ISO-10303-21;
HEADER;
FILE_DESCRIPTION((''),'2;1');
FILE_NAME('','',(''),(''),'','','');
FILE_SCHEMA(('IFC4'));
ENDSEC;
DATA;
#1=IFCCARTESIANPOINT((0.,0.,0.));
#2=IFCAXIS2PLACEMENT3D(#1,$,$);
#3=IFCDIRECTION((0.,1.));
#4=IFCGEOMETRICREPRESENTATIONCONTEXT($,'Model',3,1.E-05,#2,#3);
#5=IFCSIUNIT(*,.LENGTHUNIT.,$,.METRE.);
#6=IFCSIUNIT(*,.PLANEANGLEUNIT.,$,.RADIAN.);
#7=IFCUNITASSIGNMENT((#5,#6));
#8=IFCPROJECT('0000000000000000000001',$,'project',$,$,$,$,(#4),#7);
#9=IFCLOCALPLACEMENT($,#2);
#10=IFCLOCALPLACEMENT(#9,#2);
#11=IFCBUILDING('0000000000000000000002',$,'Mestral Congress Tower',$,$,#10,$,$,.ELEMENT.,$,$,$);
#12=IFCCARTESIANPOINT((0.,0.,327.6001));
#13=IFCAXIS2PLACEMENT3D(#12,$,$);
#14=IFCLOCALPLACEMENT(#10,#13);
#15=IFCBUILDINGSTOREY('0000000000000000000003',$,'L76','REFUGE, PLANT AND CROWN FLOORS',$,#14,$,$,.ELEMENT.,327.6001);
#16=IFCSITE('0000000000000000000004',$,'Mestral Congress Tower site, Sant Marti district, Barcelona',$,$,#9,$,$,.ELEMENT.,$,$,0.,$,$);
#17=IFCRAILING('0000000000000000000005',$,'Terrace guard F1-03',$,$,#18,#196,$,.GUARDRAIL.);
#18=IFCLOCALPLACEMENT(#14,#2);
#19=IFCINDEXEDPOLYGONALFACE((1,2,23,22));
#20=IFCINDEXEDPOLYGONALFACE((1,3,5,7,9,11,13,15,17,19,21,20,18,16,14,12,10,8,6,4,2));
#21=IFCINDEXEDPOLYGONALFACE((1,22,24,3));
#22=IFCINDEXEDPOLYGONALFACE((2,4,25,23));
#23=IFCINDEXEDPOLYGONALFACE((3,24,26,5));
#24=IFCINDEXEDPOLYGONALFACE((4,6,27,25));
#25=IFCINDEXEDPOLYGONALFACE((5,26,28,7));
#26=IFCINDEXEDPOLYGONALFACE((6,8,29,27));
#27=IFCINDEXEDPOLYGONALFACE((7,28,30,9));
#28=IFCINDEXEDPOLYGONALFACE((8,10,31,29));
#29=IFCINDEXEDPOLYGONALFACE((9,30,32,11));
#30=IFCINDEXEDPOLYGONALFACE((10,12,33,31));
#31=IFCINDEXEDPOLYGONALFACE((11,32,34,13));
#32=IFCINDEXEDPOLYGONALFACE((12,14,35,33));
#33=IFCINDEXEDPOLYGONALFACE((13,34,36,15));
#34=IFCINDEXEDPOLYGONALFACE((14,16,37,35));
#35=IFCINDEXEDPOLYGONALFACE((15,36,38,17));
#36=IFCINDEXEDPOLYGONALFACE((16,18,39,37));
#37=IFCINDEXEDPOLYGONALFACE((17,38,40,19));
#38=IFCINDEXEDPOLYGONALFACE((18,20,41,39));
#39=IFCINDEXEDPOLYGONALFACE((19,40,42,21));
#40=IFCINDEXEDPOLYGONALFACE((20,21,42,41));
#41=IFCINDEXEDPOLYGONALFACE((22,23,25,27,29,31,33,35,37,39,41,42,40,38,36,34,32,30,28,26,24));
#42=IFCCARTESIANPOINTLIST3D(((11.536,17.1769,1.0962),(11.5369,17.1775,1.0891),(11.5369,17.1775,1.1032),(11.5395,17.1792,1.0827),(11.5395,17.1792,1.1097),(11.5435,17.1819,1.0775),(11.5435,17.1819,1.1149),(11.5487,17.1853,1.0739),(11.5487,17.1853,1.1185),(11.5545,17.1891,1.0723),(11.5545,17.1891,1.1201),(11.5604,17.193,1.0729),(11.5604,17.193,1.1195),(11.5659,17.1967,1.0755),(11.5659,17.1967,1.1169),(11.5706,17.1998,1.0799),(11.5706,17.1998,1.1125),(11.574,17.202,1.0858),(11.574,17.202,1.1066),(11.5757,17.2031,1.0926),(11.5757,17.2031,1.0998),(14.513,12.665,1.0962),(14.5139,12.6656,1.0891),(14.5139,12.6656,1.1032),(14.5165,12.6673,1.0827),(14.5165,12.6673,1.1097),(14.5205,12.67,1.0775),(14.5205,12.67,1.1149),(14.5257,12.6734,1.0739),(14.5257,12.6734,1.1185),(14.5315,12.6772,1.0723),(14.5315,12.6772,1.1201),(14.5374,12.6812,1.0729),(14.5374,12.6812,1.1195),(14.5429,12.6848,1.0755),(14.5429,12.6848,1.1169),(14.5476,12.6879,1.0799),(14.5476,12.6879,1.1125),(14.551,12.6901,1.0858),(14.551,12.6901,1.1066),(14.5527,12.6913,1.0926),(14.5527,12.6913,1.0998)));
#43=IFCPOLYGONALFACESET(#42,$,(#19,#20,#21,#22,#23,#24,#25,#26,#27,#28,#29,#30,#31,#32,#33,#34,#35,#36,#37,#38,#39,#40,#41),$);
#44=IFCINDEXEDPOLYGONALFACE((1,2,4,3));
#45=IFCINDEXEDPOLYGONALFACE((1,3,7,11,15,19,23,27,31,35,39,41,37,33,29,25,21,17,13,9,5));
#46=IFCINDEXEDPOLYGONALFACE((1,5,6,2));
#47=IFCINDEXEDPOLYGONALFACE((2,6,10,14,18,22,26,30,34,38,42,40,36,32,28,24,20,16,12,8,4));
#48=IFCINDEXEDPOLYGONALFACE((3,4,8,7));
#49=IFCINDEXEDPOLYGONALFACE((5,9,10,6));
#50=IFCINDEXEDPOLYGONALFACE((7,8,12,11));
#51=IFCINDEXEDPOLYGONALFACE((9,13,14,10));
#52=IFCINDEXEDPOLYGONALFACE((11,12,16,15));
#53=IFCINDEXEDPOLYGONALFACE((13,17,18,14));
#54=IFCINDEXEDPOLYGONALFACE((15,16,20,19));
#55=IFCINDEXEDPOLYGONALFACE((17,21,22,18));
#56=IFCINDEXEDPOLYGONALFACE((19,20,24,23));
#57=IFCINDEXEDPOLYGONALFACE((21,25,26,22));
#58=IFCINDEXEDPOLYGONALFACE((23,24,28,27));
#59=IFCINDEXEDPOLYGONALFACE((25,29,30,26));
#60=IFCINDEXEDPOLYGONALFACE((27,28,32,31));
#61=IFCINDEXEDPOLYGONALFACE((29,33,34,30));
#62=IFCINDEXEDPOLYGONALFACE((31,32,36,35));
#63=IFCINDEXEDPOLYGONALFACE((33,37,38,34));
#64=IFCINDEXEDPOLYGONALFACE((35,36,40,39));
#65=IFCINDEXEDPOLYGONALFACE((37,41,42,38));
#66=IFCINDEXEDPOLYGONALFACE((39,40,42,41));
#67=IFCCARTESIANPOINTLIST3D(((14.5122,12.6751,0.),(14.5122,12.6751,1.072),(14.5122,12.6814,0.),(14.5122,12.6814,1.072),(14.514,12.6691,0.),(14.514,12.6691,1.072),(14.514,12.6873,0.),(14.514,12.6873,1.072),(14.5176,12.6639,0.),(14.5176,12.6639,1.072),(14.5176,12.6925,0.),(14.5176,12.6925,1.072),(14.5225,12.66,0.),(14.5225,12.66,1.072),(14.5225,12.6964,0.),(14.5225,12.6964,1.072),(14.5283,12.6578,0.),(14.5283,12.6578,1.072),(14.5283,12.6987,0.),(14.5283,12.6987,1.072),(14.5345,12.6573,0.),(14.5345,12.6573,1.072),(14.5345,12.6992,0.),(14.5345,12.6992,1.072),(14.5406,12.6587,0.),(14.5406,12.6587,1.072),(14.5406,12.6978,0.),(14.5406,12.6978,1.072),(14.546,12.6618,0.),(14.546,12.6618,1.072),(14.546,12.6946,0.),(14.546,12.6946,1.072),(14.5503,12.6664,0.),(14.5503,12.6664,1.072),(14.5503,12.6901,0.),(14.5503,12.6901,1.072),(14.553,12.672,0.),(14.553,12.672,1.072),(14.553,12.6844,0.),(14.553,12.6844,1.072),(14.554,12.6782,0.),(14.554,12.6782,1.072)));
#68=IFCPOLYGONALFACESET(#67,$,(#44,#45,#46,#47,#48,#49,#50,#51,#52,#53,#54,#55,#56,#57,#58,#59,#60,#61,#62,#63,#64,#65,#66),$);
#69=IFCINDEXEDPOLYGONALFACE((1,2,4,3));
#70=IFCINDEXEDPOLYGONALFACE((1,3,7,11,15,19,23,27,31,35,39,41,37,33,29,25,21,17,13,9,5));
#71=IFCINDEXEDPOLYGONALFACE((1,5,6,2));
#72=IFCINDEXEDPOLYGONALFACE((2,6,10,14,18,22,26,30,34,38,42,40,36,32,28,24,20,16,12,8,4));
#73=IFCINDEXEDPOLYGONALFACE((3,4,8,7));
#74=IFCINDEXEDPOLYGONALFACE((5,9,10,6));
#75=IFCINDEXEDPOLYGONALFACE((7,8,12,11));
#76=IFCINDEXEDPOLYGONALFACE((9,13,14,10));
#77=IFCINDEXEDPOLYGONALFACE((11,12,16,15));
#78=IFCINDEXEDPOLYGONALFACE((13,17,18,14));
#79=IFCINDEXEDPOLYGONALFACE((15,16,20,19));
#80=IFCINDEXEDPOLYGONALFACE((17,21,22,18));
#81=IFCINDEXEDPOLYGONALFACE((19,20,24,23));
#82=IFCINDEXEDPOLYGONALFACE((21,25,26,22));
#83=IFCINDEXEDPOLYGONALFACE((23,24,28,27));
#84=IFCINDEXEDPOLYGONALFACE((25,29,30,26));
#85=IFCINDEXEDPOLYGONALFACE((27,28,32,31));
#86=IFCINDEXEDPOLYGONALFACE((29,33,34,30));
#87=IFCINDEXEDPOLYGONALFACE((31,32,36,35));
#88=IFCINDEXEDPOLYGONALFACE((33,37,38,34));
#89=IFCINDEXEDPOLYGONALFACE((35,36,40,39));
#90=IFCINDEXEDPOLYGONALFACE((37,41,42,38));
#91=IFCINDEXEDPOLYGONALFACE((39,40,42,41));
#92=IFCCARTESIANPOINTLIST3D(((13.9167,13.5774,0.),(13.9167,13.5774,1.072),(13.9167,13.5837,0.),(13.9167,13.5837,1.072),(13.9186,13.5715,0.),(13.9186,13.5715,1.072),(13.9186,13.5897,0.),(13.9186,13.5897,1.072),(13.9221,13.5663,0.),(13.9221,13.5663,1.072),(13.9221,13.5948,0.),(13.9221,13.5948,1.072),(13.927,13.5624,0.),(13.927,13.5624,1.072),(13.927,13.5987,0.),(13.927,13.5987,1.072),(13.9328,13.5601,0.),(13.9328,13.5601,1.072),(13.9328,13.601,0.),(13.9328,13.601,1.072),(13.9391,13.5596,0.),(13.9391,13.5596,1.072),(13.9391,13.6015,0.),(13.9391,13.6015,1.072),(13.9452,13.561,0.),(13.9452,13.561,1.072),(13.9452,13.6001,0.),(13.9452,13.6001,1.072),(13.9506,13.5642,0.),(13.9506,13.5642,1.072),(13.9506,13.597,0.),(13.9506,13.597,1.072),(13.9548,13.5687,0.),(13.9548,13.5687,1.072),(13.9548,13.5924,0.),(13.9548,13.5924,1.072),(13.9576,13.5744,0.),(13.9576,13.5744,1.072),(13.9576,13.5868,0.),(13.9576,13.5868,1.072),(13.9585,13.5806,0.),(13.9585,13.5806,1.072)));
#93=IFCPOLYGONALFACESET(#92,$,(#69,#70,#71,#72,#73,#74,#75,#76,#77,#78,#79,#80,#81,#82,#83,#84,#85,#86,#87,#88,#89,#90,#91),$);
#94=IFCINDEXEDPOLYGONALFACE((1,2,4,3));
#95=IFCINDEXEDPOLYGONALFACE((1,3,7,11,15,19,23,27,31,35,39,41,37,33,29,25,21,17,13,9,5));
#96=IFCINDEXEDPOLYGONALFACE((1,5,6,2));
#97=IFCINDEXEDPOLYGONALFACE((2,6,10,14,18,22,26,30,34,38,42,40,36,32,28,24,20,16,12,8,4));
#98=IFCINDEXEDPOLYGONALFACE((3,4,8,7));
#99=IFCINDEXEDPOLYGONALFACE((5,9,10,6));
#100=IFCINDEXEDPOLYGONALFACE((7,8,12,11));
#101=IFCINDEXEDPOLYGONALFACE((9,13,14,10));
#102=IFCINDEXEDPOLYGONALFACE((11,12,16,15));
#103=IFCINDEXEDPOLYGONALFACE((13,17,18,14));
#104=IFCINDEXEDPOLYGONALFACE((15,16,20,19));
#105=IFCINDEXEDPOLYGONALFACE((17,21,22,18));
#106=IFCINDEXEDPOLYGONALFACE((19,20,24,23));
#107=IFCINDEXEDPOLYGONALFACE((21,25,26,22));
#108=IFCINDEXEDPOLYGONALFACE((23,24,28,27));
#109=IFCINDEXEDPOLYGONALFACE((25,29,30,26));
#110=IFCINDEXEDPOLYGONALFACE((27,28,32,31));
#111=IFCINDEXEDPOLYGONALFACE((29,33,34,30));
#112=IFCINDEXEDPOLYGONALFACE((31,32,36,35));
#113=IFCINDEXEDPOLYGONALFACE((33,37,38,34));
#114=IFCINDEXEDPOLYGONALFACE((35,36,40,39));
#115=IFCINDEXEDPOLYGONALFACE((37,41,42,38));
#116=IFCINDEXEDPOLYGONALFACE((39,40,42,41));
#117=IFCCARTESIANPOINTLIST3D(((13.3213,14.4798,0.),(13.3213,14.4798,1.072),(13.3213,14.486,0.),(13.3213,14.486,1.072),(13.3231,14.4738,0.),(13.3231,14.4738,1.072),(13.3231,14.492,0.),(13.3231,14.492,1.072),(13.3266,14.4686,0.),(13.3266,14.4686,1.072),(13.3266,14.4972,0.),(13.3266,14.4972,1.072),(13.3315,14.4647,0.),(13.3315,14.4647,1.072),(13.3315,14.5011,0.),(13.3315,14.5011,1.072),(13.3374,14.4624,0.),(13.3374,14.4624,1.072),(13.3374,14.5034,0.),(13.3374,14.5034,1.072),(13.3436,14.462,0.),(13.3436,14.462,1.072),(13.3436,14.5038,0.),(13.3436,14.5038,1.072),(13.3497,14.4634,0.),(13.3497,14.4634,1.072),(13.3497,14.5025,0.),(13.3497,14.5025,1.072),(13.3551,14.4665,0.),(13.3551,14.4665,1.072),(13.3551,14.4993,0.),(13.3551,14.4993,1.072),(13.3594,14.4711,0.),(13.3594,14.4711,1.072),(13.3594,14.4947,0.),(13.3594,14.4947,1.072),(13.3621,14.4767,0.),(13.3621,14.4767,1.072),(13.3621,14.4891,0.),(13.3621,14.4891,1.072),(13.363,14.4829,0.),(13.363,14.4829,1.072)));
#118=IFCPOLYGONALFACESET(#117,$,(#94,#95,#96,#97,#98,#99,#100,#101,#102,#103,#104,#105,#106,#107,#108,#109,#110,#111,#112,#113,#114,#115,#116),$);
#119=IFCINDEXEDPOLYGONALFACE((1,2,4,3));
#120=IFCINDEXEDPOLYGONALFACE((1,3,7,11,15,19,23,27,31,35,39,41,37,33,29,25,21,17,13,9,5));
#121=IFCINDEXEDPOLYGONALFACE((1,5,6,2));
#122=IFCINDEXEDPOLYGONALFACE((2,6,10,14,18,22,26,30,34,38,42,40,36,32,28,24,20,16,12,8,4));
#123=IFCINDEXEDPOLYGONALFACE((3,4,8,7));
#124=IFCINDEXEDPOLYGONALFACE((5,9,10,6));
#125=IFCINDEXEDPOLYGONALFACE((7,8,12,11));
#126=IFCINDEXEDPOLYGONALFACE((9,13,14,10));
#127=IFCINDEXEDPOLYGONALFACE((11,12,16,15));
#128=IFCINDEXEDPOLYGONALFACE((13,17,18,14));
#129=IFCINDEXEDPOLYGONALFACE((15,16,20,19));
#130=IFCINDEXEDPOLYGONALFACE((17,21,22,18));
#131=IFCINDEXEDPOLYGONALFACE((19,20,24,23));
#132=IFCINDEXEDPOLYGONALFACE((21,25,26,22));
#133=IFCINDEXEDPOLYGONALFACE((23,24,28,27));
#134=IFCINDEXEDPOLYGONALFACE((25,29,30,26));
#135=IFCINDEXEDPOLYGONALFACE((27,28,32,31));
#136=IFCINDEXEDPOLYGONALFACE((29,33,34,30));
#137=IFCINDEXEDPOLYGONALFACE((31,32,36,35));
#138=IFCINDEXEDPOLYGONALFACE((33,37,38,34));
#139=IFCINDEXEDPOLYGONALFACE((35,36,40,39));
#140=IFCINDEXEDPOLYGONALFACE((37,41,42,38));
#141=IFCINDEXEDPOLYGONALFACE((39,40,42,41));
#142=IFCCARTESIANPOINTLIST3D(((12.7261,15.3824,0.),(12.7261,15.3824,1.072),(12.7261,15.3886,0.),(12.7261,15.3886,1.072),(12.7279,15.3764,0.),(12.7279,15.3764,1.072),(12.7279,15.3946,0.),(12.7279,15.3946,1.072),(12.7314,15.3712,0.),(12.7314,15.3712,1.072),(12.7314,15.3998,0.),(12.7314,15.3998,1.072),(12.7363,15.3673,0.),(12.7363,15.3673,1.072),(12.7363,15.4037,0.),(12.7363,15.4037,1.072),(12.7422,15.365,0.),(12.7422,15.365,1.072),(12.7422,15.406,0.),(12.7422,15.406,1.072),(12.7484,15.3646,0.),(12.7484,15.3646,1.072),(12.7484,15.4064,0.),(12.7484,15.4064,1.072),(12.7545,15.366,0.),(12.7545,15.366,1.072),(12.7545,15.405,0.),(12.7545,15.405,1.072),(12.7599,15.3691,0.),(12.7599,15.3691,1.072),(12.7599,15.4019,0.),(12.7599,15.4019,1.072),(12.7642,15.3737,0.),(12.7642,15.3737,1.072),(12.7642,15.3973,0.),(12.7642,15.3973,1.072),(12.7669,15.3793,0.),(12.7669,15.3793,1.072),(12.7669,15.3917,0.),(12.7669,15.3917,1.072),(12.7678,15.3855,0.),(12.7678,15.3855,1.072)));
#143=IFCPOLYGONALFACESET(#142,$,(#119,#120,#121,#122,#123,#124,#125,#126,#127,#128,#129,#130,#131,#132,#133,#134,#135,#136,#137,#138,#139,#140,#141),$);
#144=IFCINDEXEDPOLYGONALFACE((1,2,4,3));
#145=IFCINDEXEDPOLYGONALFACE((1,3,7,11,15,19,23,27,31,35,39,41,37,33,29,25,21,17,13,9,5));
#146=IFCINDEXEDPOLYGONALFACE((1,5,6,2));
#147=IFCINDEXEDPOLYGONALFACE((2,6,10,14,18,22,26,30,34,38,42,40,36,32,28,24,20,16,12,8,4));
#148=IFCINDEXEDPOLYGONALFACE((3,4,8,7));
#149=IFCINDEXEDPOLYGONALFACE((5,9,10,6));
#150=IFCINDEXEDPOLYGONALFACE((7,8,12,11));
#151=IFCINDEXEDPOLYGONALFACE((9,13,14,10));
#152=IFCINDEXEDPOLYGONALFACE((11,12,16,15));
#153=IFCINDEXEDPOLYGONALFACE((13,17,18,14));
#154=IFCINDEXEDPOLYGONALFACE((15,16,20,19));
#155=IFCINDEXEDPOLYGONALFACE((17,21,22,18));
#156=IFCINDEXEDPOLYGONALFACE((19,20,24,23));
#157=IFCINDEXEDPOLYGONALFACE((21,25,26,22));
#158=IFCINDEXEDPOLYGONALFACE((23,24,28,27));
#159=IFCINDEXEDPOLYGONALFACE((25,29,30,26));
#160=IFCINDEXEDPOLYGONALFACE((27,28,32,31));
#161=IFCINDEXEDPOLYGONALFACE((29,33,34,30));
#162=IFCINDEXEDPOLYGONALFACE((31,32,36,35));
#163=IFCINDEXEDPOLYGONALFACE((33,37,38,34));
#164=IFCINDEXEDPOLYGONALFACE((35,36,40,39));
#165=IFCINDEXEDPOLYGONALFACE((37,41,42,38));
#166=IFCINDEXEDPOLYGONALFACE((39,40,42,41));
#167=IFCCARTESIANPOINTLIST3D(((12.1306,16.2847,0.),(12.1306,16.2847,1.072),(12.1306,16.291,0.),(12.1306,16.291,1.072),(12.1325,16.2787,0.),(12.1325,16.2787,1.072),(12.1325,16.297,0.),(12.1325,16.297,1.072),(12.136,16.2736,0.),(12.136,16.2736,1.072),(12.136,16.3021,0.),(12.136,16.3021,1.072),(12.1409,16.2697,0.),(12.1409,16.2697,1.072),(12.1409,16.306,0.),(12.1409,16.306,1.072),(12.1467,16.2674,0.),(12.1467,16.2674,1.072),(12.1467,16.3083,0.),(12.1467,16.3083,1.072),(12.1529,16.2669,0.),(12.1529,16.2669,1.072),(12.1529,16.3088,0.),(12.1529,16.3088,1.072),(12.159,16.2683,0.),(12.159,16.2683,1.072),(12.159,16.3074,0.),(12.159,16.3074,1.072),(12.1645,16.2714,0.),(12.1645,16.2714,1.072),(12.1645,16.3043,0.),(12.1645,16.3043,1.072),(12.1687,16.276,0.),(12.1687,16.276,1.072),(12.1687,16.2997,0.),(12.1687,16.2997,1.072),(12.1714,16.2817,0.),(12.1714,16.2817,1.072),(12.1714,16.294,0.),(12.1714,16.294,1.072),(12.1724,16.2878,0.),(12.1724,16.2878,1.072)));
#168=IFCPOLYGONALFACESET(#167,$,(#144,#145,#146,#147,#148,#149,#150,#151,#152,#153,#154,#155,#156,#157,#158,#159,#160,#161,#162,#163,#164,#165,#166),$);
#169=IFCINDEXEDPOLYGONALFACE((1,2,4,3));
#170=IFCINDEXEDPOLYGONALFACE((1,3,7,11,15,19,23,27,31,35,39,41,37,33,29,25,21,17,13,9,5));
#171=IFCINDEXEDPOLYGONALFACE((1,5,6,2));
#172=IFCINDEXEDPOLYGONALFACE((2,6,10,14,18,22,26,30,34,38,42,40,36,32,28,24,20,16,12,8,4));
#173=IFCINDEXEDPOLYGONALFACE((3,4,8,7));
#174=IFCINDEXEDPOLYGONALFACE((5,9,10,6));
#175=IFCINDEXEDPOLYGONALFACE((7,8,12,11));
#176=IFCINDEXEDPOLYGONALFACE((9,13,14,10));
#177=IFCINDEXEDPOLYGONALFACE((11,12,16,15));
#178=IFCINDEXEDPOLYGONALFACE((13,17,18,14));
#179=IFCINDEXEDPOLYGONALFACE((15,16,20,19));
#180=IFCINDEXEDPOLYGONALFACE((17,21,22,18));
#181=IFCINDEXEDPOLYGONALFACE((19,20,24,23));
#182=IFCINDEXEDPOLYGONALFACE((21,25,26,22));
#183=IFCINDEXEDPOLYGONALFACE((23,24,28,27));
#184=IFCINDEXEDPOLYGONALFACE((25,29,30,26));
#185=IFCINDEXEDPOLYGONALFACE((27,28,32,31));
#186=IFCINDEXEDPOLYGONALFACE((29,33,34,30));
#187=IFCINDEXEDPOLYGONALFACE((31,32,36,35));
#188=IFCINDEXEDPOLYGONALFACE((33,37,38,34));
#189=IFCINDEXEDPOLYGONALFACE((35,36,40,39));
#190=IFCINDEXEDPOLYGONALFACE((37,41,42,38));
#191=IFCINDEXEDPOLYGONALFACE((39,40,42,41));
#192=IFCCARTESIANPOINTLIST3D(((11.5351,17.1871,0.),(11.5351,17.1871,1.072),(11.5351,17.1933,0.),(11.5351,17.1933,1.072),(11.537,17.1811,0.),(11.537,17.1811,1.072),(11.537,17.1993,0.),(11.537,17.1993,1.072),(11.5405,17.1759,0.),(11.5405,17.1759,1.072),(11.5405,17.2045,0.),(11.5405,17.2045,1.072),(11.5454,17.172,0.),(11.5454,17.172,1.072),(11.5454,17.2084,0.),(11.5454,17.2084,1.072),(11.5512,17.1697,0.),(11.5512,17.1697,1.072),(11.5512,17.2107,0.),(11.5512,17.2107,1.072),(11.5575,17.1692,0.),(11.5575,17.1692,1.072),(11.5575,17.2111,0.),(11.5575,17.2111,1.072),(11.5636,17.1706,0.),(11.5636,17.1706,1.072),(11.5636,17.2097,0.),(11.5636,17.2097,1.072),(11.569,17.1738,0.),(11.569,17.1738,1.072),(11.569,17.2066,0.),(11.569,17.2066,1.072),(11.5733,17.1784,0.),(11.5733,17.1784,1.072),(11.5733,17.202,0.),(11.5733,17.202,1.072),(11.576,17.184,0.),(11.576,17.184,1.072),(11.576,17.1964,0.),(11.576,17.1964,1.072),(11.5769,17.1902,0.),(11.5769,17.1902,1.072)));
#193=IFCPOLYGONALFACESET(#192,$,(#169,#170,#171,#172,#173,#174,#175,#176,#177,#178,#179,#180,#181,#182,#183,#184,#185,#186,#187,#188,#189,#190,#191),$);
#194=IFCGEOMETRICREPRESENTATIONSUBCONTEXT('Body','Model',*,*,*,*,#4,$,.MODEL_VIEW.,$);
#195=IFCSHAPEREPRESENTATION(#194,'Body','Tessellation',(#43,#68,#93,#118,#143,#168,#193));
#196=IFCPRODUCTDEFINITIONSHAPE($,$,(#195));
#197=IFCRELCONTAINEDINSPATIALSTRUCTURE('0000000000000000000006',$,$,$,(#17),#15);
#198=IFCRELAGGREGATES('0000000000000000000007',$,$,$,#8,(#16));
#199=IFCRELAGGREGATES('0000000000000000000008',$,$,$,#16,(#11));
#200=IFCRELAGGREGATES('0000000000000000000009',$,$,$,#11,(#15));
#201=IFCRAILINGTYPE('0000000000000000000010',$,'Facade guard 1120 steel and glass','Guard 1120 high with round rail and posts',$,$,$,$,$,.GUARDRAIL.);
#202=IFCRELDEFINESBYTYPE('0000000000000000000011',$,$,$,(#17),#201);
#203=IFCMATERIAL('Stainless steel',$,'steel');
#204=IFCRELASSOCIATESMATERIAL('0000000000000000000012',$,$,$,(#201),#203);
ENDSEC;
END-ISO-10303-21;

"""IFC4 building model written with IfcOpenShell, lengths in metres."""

from ifc_helpers import new_model, si_unit, direction, frame, origin, origin_2d, place, context, subcontext, project, spatial, circle, extrude, material, type_object, element, save


model = new_model("IFC4")

# Units and contexts
model_context = context("Model", 3, precision=1e-05, world=origin(), true_north=direction((0.0, 1.0)))
body_context = subcontext(model_context, "Body", "Model", "MODEL_VIEW")
ifc_project = project(units=[si_unit("LENGTHUNIT", "METRE"), si_unit("PLANEANGLEUNIT", "RADIAN")], contexts=[model_context])

# Site, building, storey
site_placement = place(None, origin())
site = spatial("IfcSite", under=ifc_project, at=site_placement, Name="Mestral Congress Tower site, Sant Marti district, Barcelona", CompositionType="ELEMENT", RefElevation=0.0)
building_placement = place(site_placement, origin())
building = spatial("IfcBuilding", under=site, at=building_placement, Name="Mestral Congress Tower", CompositionType="ELEMENT")
storey_placement = place(building_placement, frame((0.0, 0.0, 327.6001)))
storey = spatial("IfcBuildingStorey", under=building, at=storey_placement, Name="L76", Description="REFUGE, PLANT AND CROWN FLOORS", CompositionType="ELEMENT", Elevation=327.6001)

# Railing
ifc_material_1 = material(Name="Stainless steel", Category="steel")
railing_type_1 = type_object("IfcRailingType", Name="Facade guard 1120 steel and glass", Description="Guard 1120 high with round rail and posts", PredefinedType="GUARDRAIL", material=ifc_material_1)
railing_1_placement = place(storey_placement, frame((14.533, 12.6782, 0.0)))
element("IfcRailing", 1, at=railing_1_placement, inside=storey, type_object=railing_type_1, Name="Terrace guard F1-03", PredefinedType="GUARDRAIL", context=body_context, shape_type="SweptSolid", body=[
    extrude(circle(Radius=0.0239, at=origin_2d()), frame((0.0, 0.0, 1.0962), z_axis=(-0.550733, 0.834681, 0.0), x_axis=(-0.834681, -0.550733, 0.0)), (0.0, 0.0, 1.0), 5.4055),
    extrude(circle(Radius=0.021, at=origin_2d()), origin(), (0.0, 0.0, 1.0), 1.072),
    extrude(circle(Radius=0.021, at=origin_2d()), frame((-0.5955, 0.9023, 0.0)), (0.0, 0.0, 1.0), 1.072),
    extrude(circle(Radius=0.021, at=origin_2d()), frame((-1.1909, 1.8047, 0.0)), (0.0, 0.0, 1.0), 1.072),
    extrude(circle(Radius=0.021, at=origin_2d()), frame((-1.7861, 2.7073, 0.0)), (0.0, 0.0, 1.0), 1.072),
    extrude(circle(Radius=0.021, at=origin_2d()), frame((-2.3816, 3.6096, 0.0)), (0.0, 0.0, 1.0), 1.072),
    extrude(circle(Radius=0.021, at=origin_2d()), frame((-2.9771, 4.512, 0.0)), (0.0, 0.0, 1.0), 1.072),
])

save(model, "model.ifc")
